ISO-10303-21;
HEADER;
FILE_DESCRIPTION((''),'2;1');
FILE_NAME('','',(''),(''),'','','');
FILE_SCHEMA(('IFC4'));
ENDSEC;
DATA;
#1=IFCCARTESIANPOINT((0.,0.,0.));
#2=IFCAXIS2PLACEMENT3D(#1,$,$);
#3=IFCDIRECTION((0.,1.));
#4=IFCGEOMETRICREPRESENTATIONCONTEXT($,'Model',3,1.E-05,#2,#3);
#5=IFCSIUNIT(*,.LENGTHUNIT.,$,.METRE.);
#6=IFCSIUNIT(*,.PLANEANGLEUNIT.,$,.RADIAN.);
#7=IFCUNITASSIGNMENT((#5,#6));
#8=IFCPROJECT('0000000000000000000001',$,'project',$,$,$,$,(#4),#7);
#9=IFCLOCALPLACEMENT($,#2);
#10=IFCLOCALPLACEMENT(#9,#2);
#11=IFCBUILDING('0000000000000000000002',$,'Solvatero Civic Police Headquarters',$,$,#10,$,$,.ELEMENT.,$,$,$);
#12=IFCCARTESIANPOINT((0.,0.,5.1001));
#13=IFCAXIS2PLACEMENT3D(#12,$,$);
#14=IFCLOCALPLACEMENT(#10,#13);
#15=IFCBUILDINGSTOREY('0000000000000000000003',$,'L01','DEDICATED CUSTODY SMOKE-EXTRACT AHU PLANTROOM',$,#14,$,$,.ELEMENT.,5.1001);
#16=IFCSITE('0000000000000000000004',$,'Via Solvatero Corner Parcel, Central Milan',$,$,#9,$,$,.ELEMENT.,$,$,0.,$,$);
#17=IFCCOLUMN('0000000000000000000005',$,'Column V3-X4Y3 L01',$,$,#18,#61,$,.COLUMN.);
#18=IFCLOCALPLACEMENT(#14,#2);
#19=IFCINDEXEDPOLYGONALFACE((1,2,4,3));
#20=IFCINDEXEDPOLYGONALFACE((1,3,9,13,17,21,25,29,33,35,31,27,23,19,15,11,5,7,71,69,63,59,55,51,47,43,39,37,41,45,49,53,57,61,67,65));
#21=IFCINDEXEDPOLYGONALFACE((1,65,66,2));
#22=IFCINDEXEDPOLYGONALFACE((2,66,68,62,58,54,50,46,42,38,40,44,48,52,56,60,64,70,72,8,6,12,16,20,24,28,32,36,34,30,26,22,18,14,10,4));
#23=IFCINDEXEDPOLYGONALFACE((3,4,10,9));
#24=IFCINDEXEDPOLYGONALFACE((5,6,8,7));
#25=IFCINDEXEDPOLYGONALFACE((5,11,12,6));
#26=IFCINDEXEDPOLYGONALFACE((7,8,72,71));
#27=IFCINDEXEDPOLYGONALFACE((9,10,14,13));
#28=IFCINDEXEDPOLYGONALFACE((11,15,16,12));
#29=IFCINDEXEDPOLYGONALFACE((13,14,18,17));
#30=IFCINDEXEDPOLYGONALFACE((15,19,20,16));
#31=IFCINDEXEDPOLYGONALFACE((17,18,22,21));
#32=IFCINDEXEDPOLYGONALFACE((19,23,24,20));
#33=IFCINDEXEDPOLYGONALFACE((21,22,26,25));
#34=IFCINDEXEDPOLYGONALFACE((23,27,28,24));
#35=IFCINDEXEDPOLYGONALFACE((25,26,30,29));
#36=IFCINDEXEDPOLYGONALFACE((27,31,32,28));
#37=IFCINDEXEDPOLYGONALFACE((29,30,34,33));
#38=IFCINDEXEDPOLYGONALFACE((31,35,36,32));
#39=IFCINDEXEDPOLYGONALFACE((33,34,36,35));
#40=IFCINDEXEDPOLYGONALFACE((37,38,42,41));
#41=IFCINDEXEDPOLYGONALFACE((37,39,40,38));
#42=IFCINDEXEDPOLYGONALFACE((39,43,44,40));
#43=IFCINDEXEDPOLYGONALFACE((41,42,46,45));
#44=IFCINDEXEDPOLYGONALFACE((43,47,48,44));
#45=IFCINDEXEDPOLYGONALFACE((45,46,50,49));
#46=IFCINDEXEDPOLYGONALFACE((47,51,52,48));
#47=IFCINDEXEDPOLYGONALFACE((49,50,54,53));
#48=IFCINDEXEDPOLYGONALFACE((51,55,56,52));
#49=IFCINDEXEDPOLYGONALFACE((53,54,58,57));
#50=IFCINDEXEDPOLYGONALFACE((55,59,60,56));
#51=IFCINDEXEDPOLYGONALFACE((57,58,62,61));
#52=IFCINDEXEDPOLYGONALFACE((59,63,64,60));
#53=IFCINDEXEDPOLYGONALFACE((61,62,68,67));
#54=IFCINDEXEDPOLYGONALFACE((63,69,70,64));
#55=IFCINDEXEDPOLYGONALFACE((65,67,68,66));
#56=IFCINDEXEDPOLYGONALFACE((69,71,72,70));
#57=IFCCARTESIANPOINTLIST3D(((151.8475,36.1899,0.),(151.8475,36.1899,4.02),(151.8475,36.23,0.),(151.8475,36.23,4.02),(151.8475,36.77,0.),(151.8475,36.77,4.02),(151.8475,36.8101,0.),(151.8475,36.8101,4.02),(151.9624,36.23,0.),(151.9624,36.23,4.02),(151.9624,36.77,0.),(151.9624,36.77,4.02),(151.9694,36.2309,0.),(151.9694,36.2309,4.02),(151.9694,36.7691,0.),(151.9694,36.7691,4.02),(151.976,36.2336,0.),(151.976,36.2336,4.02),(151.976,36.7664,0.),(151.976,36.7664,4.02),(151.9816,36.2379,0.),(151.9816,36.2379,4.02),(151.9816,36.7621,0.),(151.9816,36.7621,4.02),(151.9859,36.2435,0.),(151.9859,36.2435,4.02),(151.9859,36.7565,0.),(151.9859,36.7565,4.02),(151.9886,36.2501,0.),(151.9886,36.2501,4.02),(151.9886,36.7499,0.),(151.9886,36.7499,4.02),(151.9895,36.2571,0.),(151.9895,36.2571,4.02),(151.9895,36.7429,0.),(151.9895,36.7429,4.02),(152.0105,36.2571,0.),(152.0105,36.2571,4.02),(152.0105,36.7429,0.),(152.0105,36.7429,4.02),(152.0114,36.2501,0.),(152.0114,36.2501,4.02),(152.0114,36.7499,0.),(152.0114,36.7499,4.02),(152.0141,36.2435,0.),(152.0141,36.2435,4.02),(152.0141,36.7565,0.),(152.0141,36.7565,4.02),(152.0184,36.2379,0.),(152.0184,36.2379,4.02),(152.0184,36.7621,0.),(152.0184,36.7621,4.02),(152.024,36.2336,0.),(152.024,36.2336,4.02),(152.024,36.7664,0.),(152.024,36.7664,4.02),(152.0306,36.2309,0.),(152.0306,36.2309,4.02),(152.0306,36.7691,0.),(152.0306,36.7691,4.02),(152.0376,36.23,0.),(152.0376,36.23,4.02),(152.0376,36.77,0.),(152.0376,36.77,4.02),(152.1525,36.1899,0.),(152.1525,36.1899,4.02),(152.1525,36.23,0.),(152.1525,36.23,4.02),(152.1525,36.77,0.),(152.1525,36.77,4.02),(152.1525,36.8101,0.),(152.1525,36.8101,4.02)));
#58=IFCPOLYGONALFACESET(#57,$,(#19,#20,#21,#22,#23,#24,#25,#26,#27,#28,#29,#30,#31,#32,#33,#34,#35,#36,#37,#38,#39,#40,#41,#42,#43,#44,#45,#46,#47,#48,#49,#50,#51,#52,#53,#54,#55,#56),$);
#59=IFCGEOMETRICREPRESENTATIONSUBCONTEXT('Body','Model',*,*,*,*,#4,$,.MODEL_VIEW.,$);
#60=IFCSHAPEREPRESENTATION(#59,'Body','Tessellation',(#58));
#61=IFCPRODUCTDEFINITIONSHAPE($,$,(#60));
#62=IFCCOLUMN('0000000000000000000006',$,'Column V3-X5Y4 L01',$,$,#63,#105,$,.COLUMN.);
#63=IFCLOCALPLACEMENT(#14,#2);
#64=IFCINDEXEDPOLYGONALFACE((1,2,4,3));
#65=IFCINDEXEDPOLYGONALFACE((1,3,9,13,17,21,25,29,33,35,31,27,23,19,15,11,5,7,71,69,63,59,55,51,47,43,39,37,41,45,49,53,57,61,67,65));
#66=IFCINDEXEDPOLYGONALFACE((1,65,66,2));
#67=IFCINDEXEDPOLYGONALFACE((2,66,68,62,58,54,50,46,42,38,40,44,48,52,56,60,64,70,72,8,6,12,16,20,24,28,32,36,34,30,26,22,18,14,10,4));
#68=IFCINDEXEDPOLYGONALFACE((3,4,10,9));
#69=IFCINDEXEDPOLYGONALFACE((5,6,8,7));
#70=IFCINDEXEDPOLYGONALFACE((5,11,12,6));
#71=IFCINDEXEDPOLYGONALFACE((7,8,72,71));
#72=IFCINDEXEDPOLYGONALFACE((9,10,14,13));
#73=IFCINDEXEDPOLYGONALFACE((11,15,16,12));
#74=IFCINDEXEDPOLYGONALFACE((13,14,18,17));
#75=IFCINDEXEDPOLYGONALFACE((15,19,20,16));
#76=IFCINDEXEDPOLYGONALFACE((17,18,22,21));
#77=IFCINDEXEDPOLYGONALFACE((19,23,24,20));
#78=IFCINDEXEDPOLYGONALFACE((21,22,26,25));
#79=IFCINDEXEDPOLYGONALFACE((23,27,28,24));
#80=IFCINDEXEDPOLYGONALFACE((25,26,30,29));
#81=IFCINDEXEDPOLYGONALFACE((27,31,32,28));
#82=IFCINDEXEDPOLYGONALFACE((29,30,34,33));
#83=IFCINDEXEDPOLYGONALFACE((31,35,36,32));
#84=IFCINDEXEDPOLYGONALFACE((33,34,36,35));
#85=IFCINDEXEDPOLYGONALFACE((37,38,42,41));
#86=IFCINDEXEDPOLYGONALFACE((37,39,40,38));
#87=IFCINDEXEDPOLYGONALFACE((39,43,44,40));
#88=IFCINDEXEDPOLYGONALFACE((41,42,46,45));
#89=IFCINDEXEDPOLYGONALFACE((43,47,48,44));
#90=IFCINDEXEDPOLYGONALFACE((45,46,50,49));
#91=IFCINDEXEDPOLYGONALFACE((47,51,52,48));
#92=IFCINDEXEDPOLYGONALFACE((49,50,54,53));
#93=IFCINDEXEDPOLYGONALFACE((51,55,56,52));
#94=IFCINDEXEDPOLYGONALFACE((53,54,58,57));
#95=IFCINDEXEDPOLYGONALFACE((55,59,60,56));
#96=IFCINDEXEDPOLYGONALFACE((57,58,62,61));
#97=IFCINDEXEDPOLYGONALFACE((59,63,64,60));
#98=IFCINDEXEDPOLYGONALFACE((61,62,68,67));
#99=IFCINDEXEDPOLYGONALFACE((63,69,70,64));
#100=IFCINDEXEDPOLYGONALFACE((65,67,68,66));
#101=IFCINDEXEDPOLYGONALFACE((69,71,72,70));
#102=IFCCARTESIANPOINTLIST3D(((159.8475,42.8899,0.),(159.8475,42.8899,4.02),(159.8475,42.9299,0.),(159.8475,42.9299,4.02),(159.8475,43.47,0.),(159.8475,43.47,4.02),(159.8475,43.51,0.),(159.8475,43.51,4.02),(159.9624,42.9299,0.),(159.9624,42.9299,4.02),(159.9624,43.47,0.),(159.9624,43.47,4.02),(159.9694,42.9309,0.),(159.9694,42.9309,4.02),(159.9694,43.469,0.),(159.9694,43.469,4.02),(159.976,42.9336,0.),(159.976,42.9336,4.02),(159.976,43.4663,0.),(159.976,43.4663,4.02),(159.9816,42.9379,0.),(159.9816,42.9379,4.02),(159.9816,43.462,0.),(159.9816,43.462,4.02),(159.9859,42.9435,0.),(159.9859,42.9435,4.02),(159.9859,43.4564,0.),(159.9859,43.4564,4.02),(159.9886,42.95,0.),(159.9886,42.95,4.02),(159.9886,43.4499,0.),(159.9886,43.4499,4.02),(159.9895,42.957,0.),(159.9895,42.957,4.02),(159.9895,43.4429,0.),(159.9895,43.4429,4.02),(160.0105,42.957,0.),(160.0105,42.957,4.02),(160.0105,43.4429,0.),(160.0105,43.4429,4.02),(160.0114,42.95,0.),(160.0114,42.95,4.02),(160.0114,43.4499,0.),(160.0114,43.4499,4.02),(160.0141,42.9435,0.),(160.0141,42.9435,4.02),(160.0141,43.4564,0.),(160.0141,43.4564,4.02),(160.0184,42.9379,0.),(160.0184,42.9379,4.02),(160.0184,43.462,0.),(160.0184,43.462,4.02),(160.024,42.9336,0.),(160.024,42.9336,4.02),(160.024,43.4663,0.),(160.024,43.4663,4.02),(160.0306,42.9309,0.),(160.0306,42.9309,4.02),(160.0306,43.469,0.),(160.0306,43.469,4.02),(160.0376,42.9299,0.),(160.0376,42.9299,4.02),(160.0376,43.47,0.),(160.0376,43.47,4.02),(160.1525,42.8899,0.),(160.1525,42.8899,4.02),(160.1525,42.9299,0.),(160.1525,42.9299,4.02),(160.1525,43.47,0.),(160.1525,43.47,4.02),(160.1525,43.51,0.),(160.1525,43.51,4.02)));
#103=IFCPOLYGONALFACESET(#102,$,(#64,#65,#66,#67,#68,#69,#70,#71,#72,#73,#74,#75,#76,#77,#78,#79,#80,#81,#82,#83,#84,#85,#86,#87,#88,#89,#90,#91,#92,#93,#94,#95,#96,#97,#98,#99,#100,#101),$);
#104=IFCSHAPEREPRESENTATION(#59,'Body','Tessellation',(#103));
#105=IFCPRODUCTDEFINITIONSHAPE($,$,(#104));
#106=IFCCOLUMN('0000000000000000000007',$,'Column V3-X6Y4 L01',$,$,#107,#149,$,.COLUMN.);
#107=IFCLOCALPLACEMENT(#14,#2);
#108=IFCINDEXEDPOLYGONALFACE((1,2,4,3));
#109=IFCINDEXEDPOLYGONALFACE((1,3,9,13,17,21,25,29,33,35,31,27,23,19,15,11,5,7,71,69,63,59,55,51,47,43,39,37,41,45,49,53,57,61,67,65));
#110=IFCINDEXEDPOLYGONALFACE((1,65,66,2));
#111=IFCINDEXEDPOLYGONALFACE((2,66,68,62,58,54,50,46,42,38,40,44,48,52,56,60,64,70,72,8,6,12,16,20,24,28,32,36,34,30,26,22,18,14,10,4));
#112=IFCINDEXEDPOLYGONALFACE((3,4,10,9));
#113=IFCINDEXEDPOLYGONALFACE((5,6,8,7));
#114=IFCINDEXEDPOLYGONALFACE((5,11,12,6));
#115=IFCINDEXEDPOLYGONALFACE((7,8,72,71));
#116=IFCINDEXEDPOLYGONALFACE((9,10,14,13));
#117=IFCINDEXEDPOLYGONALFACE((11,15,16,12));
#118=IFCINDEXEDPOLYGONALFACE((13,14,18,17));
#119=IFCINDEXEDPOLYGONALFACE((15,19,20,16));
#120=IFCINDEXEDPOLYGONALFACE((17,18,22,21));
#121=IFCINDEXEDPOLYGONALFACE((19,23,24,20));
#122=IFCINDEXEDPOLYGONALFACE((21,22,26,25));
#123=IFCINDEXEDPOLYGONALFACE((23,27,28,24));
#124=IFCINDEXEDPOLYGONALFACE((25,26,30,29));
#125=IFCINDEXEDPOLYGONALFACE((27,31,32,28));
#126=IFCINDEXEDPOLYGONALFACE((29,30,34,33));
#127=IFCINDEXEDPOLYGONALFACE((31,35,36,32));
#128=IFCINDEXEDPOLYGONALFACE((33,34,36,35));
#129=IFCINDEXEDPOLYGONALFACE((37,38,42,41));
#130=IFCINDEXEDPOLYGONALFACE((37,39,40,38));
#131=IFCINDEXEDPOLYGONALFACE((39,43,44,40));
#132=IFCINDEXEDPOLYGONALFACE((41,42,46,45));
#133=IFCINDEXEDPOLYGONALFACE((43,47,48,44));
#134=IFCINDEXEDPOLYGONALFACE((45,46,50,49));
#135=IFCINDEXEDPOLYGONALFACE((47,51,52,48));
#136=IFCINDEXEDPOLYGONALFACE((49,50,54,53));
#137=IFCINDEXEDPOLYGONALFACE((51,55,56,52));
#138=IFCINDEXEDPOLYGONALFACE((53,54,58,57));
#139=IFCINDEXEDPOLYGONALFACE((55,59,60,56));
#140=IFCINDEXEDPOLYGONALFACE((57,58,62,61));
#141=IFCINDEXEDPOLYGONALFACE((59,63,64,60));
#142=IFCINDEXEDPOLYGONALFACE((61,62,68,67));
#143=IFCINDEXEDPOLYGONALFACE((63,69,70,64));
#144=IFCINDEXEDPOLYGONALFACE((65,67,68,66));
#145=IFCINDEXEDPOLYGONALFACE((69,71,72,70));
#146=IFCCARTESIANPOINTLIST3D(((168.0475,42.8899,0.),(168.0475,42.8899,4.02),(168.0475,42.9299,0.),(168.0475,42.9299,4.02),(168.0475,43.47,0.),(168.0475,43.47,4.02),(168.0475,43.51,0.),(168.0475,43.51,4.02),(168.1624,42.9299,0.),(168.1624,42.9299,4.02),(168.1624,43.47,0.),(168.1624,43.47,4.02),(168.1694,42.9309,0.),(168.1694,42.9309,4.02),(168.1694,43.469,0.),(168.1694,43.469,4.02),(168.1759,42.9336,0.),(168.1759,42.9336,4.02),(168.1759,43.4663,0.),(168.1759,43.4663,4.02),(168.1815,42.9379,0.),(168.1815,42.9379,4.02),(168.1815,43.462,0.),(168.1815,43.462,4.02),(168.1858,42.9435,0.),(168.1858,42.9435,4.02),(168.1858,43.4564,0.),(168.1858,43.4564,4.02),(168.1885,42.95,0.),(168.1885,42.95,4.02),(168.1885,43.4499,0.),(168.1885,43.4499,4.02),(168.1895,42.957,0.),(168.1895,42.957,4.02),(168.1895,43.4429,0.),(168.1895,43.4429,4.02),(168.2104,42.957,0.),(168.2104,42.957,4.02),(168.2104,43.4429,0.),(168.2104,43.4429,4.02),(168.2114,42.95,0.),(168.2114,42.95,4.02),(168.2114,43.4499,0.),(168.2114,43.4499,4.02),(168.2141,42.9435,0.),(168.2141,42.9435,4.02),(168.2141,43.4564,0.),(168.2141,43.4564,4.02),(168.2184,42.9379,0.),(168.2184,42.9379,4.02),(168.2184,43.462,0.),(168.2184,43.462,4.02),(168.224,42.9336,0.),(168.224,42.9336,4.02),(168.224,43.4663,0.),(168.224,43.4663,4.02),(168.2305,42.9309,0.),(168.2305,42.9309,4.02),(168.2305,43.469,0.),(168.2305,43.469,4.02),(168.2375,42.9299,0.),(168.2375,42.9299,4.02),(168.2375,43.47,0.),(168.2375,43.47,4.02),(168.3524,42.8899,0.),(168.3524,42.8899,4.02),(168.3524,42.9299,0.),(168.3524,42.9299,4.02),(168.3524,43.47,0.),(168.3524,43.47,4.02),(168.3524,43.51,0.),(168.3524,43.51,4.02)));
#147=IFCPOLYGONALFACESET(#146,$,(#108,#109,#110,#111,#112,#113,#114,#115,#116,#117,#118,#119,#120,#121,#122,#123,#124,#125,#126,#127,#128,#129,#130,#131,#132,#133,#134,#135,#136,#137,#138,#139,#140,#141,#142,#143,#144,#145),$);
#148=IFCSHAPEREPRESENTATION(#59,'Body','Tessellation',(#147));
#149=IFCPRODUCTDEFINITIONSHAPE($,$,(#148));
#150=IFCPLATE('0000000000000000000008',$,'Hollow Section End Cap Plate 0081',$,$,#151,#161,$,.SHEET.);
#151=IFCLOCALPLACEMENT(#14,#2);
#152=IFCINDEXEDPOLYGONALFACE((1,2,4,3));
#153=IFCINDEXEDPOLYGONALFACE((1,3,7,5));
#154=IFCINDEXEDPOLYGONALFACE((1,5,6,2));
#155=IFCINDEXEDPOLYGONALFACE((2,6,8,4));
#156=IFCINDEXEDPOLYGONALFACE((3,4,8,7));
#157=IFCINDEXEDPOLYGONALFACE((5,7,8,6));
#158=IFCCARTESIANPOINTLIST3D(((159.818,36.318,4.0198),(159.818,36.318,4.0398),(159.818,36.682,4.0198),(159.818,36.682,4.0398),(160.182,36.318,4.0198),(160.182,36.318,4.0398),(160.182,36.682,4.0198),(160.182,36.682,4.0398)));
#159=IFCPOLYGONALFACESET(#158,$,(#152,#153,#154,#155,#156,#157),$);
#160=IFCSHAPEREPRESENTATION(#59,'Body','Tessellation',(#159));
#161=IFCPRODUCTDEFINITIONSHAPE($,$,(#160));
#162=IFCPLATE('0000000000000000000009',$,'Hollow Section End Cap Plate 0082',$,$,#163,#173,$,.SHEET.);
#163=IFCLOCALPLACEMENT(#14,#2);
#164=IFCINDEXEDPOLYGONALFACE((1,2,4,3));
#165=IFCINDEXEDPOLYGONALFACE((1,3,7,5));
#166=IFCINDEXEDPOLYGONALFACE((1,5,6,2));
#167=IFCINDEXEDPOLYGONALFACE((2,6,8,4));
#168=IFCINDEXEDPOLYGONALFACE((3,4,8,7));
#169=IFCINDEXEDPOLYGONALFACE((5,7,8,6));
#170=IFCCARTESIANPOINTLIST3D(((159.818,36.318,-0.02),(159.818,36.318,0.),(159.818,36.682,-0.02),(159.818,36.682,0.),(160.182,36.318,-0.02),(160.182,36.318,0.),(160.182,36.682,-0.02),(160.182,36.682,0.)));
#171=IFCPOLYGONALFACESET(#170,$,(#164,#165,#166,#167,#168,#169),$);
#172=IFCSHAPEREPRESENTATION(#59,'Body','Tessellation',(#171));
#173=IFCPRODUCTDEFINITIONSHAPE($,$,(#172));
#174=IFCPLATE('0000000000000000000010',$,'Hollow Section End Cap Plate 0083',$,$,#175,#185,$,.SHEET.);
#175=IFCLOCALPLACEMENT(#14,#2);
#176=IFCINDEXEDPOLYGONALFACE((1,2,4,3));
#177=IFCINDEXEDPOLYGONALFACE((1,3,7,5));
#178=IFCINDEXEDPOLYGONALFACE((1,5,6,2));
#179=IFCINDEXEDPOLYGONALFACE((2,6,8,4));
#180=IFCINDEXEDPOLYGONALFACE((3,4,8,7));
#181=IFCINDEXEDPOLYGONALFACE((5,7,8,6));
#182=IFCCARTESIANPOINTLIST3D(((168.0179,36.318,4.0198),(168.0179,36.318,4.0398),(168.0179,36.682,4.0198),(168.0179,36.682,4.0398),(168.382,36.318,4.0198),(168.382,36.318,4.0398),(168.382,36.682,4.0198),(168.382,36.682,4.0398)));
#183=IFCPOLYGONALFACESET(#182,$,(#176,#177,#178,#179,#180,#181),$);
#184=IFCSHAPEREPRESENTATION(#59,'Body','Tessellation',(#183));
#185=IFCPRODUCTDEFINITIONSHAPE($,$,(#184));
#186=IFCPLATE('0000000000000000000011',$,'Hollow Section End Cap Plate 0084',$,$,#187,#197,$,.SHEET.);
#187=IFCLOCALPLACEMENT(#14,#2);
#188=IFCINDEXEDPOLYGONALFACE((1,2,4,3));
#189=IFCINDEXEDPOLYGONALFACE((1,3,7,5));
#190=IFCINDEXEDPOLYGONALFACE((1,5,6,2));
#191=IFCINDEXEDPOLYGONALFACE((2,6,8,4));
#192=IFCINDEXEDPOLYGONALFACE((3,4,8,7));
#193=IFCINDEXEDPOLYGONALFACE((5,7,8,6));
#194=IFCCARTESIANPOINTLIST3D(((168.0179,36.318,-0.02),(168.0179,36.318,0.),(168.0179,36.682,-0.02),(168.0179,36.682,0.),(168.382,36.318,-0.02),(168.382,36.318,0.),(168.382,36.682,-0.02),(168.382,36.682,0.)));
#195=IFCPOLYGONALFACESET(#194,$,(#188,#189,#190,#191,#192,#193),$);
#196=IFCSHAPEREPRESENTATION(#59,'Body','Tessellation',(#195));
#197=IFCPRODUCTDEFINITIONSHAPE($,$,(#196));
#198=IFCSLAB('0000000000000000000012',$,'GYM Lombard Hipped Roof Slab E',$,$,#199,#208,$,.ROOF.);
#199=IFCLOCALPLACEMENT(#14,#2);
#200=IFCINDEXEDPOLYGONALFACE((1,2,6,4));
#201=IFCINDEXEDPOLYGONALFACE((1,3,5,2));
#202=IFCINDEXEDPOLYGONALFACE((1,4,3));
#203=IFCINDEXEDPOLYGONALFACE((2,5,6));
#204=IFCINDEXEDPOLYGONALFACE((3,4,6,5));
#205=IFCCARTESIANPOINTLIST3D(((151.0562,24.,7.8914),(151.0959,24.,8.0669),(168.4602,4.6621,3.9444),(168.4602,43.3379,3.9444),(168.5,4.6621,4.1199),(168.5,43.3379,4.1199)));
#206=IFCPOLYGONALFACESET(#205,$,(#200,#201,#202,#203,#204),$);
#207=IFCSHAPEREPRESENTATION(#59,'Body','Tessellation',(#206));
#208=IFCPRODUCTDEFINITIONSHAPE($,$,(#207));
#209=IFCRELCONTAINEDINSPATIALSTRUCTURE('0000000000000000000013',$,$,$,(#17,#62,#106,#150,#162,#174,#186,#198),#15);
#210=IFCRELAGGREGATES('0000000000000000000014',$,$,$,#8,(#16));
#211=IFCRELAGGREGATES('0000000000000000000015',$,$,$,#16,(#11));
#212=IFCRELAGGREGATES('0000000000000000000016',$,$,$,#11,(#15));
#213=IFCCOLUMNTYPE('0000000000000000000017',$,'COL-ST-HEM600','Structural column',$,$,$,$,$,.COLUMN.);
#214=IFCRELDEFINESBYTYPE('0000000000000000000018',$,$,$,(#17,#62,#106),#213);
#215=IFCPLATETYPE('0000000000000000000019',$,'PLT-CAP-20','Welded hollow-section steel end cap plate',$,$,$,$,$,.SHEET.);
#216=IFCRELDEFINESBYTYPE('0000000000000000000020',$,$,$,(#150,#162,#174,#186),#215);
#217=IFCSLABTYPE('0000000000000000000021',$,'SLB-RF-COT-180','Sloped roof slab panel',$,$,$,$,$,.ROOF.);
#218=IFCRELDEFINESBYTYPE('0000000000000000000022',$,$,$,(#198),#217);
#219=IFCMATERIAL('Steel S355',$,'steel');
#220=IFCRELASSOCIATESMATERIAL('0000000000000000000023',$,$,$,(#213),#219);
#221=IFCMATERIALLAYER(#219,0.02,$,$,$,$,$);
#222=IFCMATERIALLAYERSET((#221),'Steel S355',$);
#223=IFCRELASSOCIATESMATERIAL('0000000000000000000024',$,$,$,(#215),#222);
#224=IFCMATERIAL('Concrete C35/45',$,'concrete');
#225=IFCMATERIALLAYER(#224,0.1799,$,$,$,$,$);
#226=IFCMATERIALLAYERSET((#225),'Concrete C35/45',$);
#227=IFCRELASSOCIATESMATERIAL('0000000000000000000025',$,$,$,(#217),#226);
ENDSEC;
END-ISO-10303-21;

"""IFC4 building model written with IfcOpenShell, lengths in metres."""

from ifc_helpers import new_model, si_unit, direction, frame, origin, origin_2d, place, context, subcontext, project, spatial, polyline, rectangle, i_section, outline, extrude, material, layer, layer_set, material_profile, profile_set, type_object, element, save


model = new_model("IFC4")

# Units and contexts
model_context = context("Model", 3, precision=1e-05, world=origin(), true_north=direction((0.0, 1.0)))
body_context = subcontext(model_context, "Body", "Model", "MODEL_VIEW")
ifc_project = project(units=[si_unit("LENGTHUNIT", "METRE"), si_unit("PLANEANGLEUNIT", "RADIAN")], contexts=[model_context])

# Site, building, storey
site_placement = place(None, origin())
site = spatial("IfcSite", under=ifc_project, at=site_placement, Name="Via Solvatero Corner Parcel, Central Milan", CompositionType="ELEMENT", RefElevation=0.0)
building_placement = place(site_placement, origin())
building = spatial("IfcBuilding", under=site, at=building_placement, Name="Solvatero Civic Police Headquarters", CompositionType="ELEMENT")
storey_placement = place(building_placement, frame((0.0, 0.0, 5.1001)))
storey = spatial("IfcBuildingStorey", under=building, at=storey_placement, Name="L01", Description="DEDICATED CUSTODY SMOKE-EXTRACT AHU PLANTROOM", CompositionType="ELEMENT", Elevation=5.1001)

# Columns
ifc_material_1 = material(Name="Steel S355", Category="steel")
ifc_material_profile_1 = material_profile(ifc_material_1, i_section(OverallWidth=0.3049, OverallDepth=0.6201, WebThickness=0.021, FlangeThickness=0.04, FilletRadius=0.0271, at=origin_2d()), Name="HEM 600")
ifc_profile_set_1 = profile_set([ifc_material_profile_1], Name="Steel S355")
column_type_1 = type_object("IfcColumnType", Name="COL-ST-HEM600", Description="Structural column", PredefinedType="COLUMN", material=ifc_profile_set_1)
for number, where, z_axis, x_axis, name in (
    (1, (152.0, 36.5, 0.0), (0.0, 0.0, 1.0), (1.0, 0.0, 0.0), "Column V3-X4Y3 L01"),
    (2, (160.0, 43.2, 0.0), (0.0, 0.0, 1.0), (1.0, 0.0, 0.0), "Column V3-X5Y4 L01"),
    (3, (168.2, 43.2, 0.0), (0.0, 0.0, 1.0), (1.0, 0.0, 0.0), "Column V3-X6Y4 L01"),
):
    element("IfcColumn", number, at=place(storey_placement, frame(where, z_axis=z_axis, x_axis=x_axis)), inside=storey, type_object=column_type_1, Name=name, PredefinedType="COLUMN", context=body_context, shape_type="SweptSolid", body=[
        extrude(i_section(OverallWidth=0.3049, OverallDepth=0.6201, WebThickness=0.021, FlangeThickness=0.04, FilletRadius=0.0271, at=origin_2d()), origin(), (0.0, 0.0, 1.0), 4.02),
    ])

# Plates
ifc_layer_1 = layer(ifc_material_1, 0.02)
ifc_layer_set_1 = layer_set([ifc_layer_1], Name="Steel S355")
plate_type = type_object("IfcPlateType", Name="PLT-CAP-20", Description="Welded hollow-section steel end cap plate", PredefinedType="SHEET", material=ifc_layer_set_1)
for number, where, z_axis, x_axis, name in (
    (4, (160.0, 36.5, 4.0198), (0.0, 0.0, 1.0), (1.0, 0.0, 0.0), "Hollow Section End Cap Plate 0081"),
    (5, (160.0, 36.5, -0.02), (0.0, 0.0, 1.0), (1.0, 0.0, 0.0), "Hollow Section End Cap Plate 0082"),
    (6, (168.2, 36.5, 4.0198), (0.0, 0.0, 1.0), (1.0, 0.0, 0.0), "Hollow Section End Cap Plate 0083"),
    (7, (168.2, 36.5, -0.02), (0.0, 0.0, 1.0), (1.0, 0.0, 0.0), "Hollow Section End Cap Plate 0084"),
):
    element("IfcPlate", number, at=place(storey_placement, frame(where, z_axis=z_axis, x_axis=x_axis)), inside=storey, type_object=plate_type, Name=name, PredefinedType="SHEET", context=body_context, shape_type="SweptSolid", body=[
        extrude(rectangle(XDim=0.364, YDim=0.364, at=origin_2d()), origin(), (0.0, 0.0, 1.0), 0.02),
    ])

# Slab
ifc_material_2 = material(Name="Concrete C35/45", Category="concrete")
ifc_layer_2 = layer(ifc_material_2, 0.1799)
ifc_layer_set_2 = layer_set([ifc_layer_2], Name="Concrete C35/45")
slab_type = type_object("IfcSlabType", Name="SLB-RF-COT-180", Description="Sloped roof slab panel", PredefinedType="ROOF", material=ifc_layer_set_2)
slab_placement = place(storey_placement, frame((168.5, 43.3379, 4.1199), z_axis=(0.221171, 0.0, 0.975235), x_axis=(0.0, -1.0, 0.0)))
element("IfcSlab", 8, at=slab_placement, inside=storey, type_object=slab_type, Name="GYM Lombard Hipped Roof Slab E", PredefinedType="ROOF", context=body_context, shape_type="SweptSolid", body=[
    extrude(outline(polyline([(0.0, 0.0), (38.6758, 0.0), (19.3379, -17.846), (0.0, 0.0)])), origin(), (0.0, 0.0, -1.0), 0.1799),
])

save(model, "model.ifc")
